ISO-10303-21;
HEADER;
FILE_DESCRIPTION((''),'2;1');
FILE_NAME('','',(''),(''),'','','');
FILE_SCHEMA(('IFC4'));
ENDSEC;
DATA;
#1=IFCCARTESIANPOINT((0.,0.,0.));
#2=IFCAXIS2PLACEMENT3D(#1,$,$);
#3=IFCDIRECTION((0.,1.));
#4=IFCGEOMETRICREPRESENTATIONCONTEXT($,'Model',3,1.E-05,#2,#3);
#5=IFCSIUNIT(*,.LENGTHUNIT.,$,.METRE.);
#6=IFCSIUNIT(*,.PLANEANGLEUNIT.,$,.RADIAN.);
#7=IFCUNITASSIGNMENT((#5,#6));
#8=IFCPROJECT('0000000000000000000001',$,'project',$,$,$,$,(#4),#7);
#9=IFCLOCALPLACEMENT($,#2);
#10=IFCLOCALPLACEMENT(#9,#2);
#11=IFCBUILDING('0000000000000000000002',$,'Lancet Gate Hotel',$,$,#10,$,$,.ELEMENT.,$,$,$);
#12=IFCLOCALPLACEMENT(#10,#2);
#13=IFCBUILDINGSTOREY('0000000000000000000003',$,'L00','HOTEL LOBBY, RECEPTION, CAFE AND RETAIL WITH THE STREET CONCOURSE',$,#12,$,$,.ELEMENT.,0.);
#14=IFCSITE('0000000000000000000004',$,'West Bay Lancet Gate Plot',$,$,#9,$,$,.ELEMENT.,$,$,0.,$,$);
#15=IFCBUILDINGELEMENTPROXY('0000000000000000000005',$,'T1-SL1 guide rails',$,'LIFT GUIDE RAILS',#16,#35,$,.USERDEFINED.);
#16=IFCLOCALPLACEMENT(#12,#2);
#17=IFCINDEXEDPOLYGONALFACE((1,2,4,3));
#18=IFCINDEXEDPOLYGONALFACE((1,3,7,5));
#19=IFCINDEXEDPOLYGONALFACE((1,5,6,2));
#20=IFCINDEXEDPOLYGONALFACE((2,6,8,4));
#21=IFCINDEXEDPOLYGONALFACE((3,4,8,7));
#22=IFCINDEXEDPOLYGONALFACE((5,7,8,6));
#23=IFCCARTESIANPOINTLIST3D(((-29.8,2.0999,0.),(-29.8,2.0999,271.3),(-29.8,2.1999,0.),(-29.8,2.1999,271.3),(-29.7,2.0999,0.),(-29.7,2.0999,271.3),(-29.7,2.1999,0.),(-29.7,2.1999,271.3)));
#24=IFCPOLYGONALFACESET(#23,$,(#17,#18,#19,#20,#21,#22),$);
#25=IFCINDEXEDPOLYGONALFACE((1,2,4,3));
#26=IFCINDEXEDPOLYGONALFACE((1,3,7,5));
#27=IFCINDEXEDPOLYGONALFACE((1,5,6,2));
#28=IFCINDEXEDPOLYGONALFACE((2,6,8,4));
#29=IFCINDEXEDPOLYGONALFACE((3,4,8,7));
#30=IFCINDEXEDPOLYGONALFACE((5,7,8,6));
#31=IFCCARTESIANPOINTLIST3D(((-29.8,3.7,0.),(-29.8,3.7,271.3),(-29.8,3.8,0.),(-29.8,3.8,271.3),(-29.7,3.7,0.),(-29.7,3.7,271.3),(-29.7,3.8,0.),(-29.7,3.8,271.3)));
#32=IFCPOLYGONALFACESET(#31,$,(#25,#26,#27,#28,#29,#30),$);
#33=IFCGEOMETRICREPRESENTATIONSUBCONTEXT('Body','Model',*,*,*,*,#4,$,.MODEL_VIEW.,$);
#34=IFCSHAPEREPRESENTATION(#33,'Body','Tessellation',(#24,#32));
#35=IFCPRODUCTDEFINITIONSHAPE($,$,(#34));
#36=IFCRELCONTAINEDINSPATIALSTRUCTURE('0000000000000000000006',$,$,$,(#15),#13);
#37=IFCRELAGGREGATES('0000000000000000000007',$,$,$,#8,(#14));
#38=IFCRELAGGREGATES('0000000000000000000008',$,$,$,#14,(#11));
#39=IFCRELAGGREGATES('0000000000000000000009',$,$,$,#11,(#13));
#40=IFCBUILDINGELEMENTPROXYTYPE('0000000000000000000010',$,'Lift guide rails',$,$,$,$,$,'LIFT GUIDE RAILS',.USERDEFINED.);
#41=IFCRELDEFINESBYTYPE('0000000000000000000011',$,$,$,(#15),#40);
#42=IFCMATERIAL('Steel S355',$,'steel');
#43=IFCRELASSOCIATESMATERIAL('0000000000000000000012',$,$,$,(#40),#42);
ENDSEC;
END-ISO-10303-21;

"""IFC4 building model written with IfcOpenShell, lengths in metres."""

from ifc_helpers import new_model, si_unit, direction, frame, origin, origin_2d, place, context, subcontext, project, spatial, rectangle, extrude, material, type_object, element, save


model = new_model("IFC4")

# Units and contexts
model_context = context("Model", 3, precision=1e-05, world=origin(), true_north=direction((0.0, 1.0)))
body_context = subcontext(model_context, "Body", "Model", "MODEL_VIEW")
ifc_project = project(units=[si_unit("LENGTHUNIT", "METRE"), si_unit("PLANEANGLEUNIT", "RADIAN")], contexts=[model_context])

# Site, building, storey
site_placement = place(None, origin())
site = spatial("IfcSite", under=ifc_project, at=site_placement, Name="West Bay Lancet Gate Plot", CompositionType="ELEMENT", RefElevation=0.0)
building_placement = place(site_placement, origin())
building = spatial("IfcBuilding", under=site, at=building_placement, Name="Lancet Gate Hotel", CompositionType="ELEMENT")
storey_placement = place(building_placement, origin())
storey = spatial("IfcBuildingStorey", under=building, at=storey_placement, Name="L00", Description="HOTEL LOBBY, RECEPTION, CAFE AND RETAIL WITH THE STREET CONCOURSE", CompositionType="ELEMENT", Elevation=0.0)

# Building element proxy
ifc_material_1 = material(Name="Steel S355", Category="steel")
building_element_proxy_type = type_object("IfcBuildingElementProxyType", Name="Lift guide rails", ElementType="LIFT GUIDE RAILS", PredefinedType="USERDEFINED", material=ifc_material_1)
proxy_placement = place(storey_placement, frame((-29.75, 2.95, 0.0), z_axis=(0.0, 0.0, 1.0), x_axis=(1.0, 0.0, 0.0)))
element("IfcBuildingElementProxy", 1, at=proxy_placement, inside=storey, type_object=building_element_proxy_type, Name="T1-SL1 guide rails", ObjectType="LIFT GUIDE RAILS", PredefinedType="USERDEFINED", context=body_context, shape_type="SweptSolid", body=[
    extrude(rectangle(XDim=0.1, YDim=0.1, at=origin_2d()), frame((0.0, -0.8, 0.0)), (0.0, 0.0, 1.0), 271.3),
    extrude(rectangle(XDim=0.1, YDim=0.1, at=origin_2d()), frame((0.0, 0.8, 0.0)), (0.0, 0.0, 1.0), 271.3),
])

save(model, "model.ifc")
